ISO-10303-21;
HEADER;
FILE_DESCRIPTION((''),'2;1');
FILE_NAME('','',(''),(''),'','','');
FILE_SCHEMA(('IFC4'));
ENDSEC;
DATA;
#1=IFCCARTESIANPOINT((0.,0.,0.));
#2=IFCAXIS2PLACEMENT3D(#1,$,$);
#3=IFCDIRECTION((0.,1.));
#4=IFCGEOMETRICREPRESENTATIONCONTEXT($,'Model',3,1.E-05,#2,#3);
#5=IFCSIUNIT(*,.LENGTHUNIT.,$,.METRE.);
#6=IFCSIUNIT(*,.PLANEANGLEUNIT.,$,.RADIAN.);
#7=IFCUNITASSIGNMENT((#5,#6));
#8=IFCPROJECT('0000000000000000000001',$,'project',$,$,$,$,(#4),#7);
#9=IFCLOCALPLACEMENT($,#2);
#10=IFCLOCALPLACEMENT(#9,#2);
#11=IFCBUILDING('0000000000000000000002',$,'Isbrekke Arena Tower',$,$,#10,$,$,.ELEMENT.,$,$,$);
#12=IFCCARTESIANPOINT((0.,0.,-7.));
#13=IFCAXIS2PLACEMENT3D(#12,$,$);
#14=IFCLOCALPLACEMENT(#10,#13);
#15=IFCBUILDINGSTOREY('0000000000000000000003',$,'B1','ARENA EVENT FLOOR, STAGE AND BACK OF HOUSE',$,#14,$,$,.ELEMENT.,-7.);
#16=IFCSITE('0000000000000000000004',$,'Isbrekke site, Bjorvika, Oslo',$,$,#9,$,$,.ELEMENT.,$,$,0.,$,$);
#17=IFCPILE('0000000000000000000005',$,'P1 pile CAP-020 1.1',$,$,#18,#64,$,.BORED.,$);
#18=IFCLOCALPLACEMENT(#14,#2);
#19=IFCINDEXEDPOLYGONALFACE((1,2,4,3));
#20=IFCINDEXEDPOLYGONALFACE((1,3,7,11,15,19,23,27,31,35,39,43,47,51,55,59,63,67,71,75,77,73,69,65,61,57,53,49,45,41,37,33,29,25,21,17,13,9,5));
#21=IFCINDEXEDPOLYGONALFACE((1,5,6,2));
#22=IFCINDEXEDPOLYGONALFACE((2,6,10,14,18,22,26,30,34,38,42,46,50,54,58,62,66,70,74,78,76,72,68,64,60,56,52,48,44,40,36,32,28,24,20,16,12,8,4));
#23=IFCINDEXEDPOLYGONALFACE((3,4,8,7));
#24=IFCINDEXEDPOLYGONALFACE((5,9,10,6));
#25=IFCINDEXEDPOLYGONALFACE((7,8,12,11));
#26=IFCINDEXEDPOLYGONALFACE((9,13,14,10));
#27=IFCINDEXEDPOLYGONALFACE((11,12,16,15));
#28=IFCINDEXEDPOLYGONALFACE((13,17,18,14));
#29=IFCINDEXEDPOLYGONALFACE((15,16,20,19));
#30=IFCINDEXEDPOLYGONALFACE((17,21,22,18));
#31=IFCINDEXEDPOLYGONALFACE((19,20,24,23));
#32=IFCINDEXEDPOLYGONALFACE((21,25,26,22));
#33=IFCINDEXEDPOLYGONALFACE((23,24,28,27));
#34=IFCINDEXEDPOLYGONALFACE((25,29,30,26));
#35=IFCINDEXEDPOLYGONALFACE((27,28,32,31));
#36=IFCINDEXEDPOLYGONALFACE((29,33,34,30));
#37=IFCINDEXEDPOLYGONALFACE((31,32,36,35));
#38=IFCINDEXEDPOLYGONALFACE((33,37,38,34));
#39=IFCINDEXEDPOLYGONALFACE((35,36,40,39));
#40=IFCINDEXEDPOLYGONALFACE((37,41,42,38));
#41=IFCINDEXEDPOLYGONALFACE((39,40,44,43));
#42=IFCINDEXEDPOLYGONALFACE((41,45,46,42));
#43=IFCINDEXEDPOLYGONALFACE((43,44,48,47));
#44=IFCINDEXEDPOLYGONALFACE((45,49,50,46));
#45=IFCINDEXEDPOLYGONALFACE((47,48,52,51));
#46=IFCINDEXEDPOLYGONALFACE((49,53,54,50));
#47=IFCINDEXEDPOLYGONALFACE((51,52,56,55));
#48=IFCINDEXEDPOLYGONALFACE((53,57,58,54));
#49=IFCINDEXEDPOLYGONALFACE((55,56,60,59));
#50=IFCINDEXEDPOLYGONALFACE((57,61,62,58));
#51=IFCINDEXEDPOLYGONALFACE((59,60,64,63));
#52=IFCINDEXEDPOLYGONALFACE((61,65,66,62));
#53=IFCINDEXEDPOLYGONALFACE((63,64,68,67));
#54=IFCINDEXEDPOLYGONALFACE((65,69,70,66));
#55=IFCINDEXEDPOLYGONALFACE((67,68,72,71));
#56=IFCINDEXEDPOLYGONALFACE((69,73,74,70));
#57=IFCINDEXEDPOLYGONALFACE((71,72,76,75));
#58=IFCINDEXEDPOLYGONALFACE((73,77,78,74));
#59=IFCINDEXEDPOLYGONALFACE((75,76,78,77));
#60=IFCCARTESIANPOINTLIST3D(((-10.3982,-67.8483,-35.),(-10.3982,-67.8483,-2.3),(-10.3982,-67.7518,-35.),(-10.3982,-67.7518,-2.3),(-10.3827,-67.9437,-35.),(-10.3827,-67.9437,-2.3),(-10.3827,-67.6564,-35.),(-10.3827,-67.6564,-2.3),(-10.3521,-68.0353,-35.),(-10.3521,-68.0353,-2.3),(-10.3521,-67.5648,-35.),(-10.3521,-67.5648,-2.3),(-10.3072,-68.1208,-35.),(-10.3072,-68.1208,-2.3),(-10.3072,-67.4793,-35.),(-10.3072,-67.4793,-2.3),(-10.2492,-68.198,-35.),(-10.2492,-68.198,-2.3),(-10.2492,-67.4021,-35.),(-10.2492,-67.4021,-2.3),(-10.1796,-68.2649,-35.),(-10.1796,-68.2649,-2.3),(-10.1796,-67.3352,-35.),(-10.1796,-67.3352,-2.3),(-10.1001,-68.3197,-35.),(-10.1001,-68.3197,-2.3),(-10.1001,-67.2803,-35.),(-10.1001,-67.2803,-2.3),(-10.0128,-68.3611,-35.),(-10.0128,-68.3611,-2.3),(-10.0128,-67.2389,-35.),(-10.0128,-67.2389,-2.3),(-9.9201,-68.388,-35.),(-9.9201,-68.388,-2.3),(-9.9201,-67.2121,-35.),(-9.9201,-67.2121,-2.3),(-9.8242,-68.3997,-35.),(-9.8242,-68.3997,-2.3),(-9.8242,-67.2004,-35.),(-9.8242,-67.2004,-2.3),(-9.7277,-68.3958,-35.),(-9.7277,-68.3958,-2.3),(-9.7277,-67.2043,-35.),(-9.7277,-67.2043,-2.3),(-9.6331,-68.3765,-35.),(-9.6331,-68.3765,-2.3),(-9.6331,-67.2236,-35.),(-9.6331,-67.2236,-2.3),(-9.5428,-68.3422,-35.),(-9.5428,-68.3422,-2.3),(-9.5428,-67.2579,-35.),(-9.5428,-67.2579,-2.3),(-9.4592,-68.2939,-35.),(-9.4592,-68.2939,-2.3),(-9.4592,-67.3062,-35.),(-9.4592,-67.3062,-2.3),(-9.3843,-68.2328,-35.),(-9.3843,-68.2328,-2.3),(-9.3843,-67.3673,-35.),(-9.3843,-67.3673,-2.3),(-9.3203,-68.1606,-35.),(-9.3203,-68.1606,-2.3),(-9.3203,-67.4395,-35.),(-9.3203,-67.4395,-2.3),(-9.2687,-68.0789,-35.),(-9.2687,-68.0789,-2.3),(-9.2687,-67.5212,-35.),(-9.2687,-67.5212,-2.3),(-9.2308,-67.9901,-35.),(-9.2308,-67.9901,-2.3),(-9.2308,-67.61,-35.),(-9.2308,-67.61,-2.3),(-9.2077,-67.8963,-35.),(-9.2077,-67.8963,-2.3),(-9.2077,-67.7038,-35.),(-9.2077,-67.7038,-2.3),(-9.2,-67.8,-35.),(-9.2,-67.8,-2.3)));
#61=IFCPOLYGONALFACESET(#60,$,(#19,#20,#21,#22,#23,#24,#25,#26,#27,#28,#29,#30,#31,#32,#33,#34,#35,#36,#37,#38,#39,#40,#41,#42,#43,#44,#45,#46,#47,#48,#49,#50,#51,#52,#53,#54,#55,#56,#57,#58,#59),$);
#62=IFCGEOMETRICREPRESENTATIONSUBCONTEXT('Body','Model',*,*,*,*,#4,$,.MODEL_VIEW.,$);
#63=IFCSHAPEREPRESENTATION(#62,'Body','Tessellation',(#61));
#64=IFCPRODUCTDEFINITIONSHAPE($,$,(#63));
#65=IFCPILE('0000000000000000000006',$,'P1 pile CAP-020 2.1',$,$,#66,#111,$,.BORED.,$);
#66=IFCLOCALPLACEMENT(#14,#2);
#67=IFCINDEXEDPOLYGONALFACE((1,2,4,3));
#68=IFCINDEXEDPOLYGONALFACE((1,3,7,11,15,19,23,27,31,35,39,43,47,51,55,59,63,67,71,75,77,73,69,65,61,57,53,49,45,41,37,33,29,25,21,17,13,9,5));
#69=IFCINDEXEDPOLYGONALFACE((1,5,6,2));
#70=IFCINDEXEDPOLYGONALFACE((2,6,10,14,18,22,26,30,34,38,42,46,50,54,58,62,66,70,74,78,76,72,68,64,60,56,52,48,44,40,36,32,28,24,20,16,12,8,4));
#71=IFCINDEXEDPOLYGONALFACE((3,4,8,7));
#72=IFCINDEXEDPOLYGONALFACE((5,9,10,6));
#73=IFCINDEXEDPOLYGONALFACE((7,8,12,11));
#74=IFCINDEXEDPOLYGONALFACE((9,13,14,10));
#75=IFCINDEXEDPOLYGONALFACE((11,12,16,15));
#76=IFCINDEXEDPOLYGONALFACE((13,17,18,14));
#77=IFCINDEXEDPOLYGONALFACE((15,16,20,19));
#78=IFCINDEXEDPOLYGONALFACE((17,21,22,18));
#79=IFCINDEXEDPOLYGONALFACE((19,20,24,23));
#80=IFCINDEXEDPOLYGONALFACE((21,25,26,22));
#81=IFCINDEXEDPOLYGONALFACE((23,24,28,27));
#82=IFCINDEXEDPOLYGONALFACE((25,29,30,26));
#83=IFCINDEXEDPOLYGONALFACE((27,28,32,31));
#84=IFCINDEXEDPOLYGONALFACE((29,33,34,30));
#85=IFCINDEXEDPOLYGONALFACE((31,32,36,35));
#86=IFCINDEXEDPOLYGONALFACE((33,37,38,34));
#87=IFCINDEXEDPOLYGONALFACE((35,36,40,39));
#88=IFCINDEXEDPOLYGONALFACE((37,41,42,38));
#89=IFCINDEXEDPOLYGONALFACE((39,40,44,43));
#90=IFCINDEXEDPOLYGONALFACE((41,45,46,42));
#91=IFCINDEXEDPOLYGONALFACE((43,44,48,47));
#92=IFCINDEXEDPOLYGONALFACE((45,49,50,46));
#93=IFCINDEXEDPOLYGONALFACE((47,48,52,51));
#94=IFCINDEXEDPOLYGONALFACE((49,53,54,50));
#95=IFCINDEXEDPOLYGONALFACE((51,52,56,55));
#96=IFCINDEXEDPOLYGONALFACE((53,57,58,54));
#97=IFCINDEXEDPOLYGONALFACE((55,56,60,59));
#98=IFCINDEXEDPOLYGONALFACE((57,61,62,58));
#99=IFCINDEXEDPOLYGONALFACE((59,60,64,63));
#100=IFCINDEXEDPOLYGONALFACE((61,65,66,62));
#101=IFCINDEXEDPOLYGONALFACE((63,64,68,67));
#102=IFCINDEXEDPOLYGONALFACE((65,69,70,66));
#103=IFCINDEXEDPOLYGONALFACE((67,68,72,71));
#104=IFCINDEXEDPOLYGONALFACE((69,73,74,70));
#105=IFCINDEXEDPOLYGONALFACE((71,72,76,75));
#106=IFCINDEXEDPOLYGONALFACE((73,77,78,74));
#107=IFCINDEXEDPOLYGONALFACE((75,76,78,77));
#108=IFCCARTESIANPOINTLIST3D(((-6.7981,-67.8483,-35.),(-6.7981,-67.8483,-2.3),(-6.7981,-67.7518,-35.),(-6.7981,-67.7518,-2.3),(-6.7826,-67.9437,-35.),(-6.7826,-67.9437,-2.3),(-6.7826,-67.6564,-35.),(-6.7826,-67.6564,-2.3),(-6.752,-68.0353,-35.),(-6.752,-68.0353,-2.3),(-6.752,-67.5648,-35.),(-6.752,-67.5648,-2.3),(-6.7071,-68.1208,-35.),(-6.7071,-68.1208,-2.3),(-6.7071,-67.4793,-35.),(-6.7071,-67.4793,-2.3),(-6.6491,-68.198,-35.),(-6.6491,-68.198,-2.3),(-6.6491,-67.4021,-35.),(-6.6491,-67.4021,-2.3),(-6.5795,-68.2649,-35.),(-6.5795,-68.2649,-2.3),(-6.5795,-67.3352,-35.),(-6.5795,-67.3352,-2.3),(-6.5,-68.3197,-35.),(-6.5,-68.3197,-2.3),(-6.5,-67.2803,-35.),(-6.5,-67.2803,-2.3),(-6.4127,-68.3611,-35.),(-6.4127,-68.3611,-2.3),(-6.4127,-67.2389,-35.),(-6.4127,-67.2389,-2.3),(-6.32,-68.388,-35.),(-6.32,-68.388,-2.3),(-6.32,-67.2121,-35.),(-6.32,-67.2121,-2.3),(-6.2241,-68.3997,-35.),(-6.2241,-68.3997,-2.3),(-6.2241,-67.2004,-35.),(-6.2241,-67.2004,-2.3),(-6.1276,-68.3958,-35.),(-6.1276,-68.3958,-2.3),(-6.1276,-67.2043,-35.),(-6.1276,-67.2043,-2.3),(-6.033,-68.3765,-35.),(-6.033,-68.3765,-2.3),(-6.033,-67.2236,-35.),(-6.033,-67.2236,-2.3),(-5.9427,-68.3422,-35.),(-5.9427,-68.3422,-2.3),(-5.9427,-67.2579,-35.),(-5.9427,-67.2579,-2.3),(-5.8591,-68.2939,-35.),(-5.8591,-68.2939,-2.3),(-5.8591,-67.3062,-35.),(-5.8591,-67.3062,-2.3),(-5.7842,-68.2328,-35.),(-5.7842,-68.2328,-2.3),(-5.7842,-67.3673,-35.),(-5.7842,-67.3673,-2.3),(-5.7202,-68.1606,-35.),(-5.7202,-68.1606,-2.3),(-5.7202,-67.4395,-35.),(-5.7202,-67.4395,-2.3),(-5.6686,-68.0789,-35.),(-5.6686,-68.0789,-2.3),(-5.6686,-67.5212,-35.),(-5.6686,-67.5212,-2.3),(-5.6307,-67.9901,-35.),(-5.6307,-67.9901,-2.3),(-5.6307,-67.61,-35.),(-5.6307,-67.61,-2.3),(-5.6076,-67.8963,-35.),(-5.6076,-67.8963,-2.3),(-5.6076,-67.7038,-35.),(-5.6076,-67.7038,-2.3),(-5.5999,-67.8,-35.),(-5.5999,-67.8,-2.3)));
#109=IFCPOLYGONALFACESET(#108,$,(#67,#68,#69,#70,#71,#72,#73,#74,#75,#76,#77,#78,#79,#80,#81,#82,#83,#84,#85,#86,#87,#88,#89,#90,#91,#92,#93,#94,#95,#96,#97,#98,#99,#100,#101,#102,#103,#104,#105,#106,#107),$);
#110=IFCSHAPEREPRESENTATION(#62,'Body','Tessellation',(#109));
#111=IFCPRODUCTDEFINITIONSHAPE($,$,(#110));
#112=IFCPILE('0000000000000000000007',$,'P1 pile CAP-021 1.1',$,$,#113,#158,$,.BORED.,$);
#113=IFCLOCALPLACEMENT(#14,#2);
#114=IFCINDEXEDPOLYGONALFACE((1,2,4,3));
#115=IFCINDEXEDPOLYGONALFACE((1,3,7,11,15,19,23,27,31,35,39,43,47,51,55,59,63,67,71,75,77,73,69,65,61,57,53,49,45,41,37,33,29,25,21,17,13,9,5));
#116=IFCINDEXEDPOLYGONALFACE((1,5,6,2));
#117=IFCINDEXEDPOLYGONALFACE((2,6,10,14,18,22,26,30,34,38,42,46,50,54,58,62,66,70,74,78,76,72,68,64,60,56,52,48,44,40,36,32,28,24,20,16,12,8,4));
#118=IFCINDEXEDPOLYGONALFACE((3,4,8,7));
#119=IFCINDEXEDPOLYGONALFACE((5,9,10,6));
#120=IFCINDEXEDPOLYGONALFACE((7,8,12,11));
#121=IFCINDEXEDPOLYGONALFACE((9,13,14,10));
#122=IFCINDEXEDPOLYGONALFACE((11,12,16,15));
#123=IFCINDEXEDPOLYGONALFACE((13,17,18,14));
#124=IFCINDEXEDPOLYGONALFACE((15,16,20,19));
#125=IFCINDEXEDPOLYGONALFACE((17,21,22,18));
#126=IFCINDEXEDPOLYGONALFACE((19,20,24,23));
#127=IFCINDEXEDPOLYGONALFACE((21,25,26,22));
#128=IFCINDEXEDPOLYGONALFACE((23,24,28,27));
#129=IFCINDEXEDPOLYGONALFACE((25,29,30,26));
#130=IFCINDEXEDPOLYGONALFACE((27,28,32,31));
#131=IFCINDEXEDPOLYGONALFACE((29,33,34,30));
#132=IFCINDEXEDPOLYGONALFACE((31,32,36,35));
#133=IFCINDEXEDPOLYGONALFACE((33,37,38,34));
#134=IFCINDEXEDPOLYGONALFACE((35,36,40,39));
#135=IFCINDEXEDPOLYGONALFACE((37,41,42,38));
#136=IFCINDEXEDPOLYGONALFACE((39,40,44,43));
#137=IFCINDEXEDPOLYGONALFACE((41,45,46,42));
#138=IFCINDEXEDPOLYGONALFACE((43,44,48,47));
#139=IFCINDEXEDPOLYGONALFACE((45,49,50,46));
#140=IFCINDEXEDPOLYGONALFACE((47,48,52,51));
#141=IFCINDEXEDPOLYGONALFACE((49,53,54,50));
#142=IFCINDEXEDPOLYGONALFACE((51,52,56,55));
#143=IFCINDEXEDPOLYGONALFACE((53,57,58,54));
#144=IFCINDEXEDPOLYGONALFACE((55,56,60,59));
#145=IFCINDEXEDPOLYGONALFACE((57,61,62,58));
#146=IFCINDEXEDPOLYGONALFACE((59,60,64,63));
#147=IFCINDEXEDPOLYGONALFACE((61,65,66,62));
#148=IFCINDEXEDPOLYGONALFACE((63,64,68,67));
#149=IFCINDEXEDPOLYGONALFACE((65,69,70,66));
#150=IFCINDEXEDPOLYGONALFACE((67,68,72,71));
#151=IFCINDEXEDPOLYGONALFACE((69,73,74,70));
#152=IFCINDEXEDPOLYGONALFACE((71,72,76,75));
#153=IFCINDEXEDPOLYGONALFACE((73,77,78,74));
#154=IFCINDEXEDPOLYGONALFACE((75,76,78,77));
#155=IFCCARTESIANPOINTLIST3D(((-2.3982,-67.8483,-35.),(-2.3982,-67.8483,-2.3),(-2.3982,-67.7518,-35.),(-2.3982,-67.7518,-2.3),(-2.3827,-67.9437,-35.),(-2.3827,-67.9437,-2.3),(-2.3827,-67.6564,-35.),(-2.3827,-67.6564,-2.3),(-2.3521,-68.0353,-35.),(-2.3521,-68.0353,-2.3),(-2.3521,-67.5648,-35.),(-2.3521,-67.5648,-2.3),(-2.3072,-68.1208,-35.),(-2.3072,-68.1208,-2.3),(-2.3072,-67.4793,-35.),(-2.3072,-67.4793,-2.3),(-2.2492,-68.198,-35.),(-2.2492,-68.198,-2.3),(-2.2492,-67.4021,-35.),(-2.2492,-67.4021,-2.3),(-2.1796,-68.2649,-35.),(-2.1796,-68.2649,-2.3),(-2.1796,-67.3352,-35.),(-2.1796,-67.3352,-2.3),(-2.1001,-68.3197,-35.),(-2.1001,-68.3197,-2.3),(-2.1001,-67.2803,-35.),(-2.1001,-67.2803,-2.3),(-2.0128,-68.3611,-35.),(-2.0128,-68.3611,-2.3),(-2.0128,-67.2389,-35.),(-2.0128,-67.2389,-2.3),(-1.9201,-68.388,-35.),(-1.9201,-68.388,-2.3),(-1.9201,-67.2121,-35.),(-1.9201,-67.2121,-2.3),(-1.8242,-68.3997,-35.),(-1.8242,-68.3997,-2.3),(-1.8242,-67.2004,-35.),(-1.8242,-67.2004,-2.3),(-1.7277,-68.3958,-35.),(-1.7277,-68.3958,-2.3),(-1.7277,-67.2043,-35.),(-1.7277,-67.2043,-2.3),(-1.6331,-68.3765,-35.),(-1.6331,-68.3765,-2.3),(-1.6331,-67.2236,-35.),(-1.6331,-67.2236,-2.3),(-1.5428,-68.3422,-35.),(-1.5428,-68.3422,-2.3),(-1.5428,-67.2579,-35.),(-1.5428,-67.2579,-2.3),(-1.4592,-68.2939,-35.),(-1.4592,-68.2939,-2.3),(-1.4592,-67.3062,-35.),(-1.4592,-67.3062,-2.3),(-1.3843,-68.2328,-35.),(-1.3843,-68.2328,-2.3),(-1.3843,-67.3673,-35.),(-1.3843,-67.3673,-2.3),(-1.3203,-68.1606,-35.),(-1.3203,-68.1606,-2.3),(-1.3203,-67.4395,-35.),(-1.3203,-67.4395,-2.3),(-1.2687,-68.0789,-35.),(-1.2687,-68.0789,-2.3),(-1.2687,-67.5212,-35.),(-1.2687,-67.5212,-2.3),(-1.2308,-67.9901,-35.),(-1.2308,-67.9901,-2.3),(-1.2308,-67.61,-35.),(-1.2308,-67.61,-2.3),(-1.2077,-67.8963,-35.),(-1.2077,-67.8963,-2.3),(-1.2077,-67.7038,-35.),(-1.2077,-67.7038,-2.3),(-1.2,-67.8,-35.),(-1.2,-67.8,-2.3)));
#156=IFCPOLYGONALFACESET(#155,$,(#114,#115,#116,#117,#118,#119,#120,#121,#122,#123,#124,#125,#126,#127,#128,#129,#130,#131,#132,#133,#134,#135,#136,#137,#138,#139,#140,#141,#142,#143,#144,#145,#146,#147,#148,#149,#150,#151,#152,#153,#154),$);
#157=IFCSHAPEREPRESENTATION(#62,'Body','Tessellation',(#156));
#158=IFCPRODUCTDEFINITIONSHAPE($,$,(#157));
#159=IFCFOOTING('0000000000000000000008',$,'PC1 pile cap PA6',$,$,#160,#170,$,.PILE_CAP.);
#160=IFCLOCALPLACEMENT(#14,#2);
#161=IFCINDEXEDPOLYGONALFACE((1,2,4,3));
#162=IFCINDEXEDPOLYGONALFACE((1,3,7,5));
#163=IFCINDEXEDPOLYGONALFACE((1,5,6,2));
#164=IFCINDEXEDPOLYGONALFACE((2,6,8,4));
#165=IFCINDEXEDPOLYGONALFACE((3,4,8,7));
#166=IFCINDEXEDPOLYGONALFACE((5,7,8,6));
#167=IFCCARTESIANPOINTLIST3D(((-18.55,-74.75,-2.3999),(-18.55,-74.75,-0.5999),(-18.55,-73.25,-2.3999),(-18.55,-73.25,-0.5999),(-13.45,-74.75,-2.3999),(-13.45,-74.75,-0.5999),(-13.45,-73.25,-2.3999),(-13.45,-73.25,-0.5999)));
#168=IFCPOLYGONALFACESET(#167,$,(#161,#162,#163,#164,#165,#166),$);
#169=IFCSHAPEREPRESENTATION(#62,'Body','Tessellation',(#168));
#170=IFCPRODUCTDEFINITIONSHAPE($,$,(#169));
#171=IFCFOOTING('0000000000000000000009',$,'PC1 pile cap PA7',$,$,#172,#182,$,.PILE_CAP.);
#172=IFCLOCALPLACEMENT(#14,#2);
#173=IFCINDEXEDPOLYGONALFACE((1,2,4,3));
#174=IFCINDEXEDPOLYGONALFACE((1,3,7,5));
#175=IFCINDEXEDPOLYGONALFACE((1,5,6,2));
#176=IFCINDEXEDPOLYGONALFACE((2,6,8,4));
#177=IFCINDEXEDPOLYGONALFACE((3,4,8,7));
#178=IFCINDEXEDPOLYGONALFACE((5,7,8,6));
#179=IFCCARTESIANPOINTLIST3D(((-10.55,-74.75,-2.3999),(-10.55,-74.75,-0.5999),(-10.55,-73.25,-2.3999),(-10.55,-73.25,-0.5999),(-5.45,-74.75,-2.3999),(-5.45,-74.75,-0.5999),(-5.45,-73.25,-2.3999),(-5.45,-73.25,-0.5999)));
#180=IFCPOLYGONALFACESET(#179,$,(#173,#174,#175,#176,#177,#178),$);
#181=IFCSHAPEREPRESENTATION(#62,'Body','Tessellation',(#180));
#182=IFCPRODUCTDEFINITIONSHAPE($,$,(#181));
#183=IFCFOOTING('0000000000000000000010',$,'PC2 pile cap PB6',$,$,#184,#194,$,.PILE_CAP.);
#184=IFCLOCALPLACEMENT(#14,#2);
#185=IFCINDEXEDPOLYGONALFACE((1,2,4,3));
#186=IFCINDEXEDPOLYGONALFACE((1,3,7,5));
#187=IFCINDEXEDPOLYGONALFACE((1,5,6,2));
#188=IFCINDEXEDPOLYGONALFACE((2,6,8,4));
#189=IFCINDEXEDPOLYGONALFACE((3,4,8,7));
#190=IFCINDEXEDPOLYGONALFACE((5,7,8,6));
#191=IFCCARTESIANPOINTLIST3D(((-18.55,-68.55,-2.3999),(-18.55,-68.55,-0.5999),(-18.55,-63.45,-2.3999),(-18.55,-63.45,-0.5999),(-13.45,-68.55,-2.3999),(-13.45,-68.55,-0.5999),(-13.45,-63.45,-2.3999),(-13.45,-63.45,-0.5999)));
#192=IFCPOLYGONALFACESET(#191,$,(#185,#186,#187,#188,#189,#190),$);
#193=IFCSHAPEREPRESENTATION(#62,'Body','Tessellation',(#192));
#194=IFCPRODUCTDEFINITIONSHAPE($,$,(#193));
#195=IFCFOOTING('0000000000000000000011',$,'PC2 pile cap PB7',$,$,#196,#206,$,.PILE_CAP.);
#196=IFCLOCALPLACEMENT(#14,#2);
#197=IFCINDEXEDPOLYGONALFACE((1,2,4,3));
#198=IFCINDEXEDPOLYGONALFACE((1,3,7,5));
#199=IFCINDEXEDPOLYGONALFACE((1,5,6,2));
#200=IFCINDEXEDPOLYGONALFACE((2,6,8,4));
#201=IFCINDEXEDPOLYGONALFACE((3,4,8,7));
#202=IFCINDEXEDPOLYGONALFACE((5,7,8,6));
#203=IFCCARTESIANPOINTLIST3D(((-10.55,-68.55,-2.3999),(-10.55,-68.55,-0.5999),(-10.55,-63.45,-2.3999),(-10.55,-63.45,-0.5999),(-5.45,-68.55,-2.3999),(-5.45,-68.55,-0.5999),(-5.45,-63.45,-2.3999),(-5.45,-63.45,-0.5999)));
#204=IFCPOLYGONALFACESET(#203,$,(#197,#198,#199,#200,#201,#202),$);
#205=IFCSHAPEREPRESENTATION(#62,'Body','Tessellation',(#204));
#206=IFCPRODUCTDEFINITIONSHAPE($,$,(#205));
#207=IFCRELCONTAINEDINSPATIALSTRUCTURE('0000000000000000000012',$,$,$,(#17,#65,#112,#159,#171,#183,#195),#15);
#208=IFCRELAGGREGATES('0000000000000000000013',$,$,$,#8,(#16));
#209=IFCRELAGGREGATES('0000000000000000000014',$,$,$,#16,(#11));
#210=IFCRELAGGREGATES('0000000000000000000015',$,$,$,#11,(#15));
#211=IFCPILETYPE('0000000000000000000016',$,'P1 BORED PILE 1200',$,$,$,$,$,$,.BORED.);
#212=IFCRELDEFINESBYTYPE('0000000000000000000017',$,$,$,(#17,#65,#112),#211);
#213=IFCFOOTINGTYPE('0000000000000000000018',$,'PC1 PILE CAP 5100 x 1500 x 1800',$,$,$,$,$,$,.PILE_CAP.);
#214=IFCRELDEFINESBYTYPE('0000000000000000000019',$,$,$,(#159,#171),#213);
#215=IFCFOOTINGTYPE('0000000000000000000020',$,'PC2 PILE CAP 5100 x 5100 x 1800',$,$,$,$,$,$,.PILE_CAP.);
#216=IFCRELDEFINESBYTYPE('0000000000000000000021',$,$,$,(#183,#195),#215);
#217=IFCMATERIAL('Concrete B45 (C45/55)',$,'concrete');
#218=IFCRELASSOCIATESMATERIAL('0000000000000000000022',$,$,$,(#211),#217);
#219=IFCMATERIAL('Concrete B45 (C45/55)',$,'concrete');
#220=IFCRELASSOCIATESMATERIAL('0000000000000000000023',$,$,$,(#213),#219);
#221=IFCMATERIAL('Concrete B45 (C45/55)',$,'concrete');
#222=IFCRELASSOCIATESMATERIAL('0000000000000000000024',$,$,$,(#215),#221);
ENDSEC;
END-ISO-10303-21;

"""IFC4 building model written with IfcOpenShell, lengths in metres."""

from ifc_helpers import new_model, si_unit, direction, frame, origin, origin_2d, place, context, subcontext, project, spatial, rectangle, circle, extrude, material, material_profile, profile_set, type_object, element, save


model = new_model("IFC4")

# Units and contexts
model_context = context("Model", 3, precision=1e-05, world=origin(), true_north=direction((0.0, 1.0)))
body_context = subcontext(model_context, "Body", "Model", "MODEL_VIEW")
ifc_project = project(units=[si_unit("LENGTHUNIT", "METRE"), si_unit("PLANEANGLEUNIT", "RADIAN")], contexts=[model_context])

# Site, building, storey
site_placement = place(None, origin())
site = spatial("IfcSite", under=ifc_project, at=site_placement, Name="Isbrekke site, Bjorvika, Oslo", CompositionType="ELEMENT", RefElevation=0.0)
building_placement = place(site_placement, origin())
building = spatial("IfcBuilding", under=site, at=building_placement, Name="Isbrekke Arena Tower", CompositionType="ELEMENT")
storey_placement = place(building_placement, frame((0.0, 0.0, -7.0)))
storey = spatial("IfcBuildingStorey", under=building, at=storey_placement, Name="B1", Description="ARENA EVENT FLOOR, STAGE AND BACK OF HOUSE", CompositionType="ELEMENT", Elevation=-7.0)

# Piles
ifc_material_1 = material(Name="Concrete B45 (C45/55)", Category="concrete")
ifc_material_profile_1 = material_profile(ifc_material_1, circle(Radius=0.6001, at=origin_2d()), Name="BORED PILE D1200")
ifc_profile_set_1 = profile_set([ifc_material_profile_1], Name="Concrete B45 (C45/55)")
pile_type = type_object("IfcPileType", Name="P1 BORED PILE 1200", PredefinedType="BORED", material=ifc_profile_set_1)
for number, where, z_axis, x_axis, name in (
    (1, (-9.8, -67.8, -2.3), (0.0, 0.0, -1.0), (1.0, 0.0, 0.0), "P1 pile CAP-020 1.1"),
    (2, (-6.2, -67.8, -2.3), (0.0, 0.0, -1.0), (1.0, 0.0, 0.0), "P1 pile CAP-020 2.1"),
    (3, (-1.8, -67.8, -2.3), (0.0, 0.0, -1.0), (1.0, 0.0, 0.0), "P1 pile CAP-021 1.1"),
):
    element("IfcPile", number, at=place(storey_placement, frame(where, z_axis=z_axis, x_axis=x_axis)), inside=storey, type_object=pile_type, Name=name, PredefinedType="BORED", context=body_context, shape_type="SweptSolid", body=[
        extrude(circle(Radius=0.6001, at=origin_2d()), origin(), (0.0, 0.0, 1.0), 32.7),
    ])

# Footings
ifc_material_2 = material(Name="Concrete B45 (C45/55)", Category="concrete")
footing_type_1 = type_object("IfcFootingType", Name="PC1 PILE CAP 5100 x 1500 x 1800", PredefinedType="PILE_CAP", material=ifc_material_2)
for number, where, z_axis, x_axis, name in (
    (4, (-16.0, -74.0, -2.3999), (0.0, 0.0, 1.0), (1.0, 0.0, 0.0), "PC1 pile cap PA6"),
    (5, (-8.0, -74.0, -2.3999), (0.0, 0.0, 1.0), (1.0, 0.0, 0.0), "PC1 pile cap PA7"),
):
    element("IfcFooting", number, at=place(storey_placement, frame(where, z_axis=z_axis, x_axis=x_axis)), inside=storey, type_object=footing_type_1, Name=name, PredefinedType="PILE_CAP", context=body_context, shape_type="SweptSolid", body=[
        extrude(rectangle(XDim=5.1001, YDim=1.5, at=origin_2d()), origin(), (0.0, 0.0, 1.0), 1.8),
    ])
ifc_material_3 = material(Name="Concrete B45 (C45/55)", Category="concrete")
footing_type_2 = type_object("IfcFootingType", Name="PC2 PILE CAP 5100 x 5100 x 1800", PredefinedType="PILE_CAP", material=ifc_material_3)
for number, where, z_axis, x_axis, name in (
    (6, (-16.0, -66.0, -2.3999), (0.0, 0.0, 1.0), (1.0, 0.0, 0.0), "PC2 pile cap PB6"),
    (7, (-8.0, -66.0, -2.3999), (0.0, 0.0, 1.0), (1.0, 0.0, 0.0), "PC2 pile cap PB7"),
):
    element("IfcFooting", number, at=place(storey_placement, frame(where, z_axis=z_axis, x_axis=x_axis)), inside=storey, type_object=footing_type_2, Name=name, PredefinedType="PILE_CAP", context=body_context, shape_type="SweptSolid", body=[
        extrude(rectangle(XDim=5.1001, YDim=5.1001, at=origin_2d()), origin(), (0.0, 0.0, 1.0), 1.8),
    ])

save(model, "model.ifc")
